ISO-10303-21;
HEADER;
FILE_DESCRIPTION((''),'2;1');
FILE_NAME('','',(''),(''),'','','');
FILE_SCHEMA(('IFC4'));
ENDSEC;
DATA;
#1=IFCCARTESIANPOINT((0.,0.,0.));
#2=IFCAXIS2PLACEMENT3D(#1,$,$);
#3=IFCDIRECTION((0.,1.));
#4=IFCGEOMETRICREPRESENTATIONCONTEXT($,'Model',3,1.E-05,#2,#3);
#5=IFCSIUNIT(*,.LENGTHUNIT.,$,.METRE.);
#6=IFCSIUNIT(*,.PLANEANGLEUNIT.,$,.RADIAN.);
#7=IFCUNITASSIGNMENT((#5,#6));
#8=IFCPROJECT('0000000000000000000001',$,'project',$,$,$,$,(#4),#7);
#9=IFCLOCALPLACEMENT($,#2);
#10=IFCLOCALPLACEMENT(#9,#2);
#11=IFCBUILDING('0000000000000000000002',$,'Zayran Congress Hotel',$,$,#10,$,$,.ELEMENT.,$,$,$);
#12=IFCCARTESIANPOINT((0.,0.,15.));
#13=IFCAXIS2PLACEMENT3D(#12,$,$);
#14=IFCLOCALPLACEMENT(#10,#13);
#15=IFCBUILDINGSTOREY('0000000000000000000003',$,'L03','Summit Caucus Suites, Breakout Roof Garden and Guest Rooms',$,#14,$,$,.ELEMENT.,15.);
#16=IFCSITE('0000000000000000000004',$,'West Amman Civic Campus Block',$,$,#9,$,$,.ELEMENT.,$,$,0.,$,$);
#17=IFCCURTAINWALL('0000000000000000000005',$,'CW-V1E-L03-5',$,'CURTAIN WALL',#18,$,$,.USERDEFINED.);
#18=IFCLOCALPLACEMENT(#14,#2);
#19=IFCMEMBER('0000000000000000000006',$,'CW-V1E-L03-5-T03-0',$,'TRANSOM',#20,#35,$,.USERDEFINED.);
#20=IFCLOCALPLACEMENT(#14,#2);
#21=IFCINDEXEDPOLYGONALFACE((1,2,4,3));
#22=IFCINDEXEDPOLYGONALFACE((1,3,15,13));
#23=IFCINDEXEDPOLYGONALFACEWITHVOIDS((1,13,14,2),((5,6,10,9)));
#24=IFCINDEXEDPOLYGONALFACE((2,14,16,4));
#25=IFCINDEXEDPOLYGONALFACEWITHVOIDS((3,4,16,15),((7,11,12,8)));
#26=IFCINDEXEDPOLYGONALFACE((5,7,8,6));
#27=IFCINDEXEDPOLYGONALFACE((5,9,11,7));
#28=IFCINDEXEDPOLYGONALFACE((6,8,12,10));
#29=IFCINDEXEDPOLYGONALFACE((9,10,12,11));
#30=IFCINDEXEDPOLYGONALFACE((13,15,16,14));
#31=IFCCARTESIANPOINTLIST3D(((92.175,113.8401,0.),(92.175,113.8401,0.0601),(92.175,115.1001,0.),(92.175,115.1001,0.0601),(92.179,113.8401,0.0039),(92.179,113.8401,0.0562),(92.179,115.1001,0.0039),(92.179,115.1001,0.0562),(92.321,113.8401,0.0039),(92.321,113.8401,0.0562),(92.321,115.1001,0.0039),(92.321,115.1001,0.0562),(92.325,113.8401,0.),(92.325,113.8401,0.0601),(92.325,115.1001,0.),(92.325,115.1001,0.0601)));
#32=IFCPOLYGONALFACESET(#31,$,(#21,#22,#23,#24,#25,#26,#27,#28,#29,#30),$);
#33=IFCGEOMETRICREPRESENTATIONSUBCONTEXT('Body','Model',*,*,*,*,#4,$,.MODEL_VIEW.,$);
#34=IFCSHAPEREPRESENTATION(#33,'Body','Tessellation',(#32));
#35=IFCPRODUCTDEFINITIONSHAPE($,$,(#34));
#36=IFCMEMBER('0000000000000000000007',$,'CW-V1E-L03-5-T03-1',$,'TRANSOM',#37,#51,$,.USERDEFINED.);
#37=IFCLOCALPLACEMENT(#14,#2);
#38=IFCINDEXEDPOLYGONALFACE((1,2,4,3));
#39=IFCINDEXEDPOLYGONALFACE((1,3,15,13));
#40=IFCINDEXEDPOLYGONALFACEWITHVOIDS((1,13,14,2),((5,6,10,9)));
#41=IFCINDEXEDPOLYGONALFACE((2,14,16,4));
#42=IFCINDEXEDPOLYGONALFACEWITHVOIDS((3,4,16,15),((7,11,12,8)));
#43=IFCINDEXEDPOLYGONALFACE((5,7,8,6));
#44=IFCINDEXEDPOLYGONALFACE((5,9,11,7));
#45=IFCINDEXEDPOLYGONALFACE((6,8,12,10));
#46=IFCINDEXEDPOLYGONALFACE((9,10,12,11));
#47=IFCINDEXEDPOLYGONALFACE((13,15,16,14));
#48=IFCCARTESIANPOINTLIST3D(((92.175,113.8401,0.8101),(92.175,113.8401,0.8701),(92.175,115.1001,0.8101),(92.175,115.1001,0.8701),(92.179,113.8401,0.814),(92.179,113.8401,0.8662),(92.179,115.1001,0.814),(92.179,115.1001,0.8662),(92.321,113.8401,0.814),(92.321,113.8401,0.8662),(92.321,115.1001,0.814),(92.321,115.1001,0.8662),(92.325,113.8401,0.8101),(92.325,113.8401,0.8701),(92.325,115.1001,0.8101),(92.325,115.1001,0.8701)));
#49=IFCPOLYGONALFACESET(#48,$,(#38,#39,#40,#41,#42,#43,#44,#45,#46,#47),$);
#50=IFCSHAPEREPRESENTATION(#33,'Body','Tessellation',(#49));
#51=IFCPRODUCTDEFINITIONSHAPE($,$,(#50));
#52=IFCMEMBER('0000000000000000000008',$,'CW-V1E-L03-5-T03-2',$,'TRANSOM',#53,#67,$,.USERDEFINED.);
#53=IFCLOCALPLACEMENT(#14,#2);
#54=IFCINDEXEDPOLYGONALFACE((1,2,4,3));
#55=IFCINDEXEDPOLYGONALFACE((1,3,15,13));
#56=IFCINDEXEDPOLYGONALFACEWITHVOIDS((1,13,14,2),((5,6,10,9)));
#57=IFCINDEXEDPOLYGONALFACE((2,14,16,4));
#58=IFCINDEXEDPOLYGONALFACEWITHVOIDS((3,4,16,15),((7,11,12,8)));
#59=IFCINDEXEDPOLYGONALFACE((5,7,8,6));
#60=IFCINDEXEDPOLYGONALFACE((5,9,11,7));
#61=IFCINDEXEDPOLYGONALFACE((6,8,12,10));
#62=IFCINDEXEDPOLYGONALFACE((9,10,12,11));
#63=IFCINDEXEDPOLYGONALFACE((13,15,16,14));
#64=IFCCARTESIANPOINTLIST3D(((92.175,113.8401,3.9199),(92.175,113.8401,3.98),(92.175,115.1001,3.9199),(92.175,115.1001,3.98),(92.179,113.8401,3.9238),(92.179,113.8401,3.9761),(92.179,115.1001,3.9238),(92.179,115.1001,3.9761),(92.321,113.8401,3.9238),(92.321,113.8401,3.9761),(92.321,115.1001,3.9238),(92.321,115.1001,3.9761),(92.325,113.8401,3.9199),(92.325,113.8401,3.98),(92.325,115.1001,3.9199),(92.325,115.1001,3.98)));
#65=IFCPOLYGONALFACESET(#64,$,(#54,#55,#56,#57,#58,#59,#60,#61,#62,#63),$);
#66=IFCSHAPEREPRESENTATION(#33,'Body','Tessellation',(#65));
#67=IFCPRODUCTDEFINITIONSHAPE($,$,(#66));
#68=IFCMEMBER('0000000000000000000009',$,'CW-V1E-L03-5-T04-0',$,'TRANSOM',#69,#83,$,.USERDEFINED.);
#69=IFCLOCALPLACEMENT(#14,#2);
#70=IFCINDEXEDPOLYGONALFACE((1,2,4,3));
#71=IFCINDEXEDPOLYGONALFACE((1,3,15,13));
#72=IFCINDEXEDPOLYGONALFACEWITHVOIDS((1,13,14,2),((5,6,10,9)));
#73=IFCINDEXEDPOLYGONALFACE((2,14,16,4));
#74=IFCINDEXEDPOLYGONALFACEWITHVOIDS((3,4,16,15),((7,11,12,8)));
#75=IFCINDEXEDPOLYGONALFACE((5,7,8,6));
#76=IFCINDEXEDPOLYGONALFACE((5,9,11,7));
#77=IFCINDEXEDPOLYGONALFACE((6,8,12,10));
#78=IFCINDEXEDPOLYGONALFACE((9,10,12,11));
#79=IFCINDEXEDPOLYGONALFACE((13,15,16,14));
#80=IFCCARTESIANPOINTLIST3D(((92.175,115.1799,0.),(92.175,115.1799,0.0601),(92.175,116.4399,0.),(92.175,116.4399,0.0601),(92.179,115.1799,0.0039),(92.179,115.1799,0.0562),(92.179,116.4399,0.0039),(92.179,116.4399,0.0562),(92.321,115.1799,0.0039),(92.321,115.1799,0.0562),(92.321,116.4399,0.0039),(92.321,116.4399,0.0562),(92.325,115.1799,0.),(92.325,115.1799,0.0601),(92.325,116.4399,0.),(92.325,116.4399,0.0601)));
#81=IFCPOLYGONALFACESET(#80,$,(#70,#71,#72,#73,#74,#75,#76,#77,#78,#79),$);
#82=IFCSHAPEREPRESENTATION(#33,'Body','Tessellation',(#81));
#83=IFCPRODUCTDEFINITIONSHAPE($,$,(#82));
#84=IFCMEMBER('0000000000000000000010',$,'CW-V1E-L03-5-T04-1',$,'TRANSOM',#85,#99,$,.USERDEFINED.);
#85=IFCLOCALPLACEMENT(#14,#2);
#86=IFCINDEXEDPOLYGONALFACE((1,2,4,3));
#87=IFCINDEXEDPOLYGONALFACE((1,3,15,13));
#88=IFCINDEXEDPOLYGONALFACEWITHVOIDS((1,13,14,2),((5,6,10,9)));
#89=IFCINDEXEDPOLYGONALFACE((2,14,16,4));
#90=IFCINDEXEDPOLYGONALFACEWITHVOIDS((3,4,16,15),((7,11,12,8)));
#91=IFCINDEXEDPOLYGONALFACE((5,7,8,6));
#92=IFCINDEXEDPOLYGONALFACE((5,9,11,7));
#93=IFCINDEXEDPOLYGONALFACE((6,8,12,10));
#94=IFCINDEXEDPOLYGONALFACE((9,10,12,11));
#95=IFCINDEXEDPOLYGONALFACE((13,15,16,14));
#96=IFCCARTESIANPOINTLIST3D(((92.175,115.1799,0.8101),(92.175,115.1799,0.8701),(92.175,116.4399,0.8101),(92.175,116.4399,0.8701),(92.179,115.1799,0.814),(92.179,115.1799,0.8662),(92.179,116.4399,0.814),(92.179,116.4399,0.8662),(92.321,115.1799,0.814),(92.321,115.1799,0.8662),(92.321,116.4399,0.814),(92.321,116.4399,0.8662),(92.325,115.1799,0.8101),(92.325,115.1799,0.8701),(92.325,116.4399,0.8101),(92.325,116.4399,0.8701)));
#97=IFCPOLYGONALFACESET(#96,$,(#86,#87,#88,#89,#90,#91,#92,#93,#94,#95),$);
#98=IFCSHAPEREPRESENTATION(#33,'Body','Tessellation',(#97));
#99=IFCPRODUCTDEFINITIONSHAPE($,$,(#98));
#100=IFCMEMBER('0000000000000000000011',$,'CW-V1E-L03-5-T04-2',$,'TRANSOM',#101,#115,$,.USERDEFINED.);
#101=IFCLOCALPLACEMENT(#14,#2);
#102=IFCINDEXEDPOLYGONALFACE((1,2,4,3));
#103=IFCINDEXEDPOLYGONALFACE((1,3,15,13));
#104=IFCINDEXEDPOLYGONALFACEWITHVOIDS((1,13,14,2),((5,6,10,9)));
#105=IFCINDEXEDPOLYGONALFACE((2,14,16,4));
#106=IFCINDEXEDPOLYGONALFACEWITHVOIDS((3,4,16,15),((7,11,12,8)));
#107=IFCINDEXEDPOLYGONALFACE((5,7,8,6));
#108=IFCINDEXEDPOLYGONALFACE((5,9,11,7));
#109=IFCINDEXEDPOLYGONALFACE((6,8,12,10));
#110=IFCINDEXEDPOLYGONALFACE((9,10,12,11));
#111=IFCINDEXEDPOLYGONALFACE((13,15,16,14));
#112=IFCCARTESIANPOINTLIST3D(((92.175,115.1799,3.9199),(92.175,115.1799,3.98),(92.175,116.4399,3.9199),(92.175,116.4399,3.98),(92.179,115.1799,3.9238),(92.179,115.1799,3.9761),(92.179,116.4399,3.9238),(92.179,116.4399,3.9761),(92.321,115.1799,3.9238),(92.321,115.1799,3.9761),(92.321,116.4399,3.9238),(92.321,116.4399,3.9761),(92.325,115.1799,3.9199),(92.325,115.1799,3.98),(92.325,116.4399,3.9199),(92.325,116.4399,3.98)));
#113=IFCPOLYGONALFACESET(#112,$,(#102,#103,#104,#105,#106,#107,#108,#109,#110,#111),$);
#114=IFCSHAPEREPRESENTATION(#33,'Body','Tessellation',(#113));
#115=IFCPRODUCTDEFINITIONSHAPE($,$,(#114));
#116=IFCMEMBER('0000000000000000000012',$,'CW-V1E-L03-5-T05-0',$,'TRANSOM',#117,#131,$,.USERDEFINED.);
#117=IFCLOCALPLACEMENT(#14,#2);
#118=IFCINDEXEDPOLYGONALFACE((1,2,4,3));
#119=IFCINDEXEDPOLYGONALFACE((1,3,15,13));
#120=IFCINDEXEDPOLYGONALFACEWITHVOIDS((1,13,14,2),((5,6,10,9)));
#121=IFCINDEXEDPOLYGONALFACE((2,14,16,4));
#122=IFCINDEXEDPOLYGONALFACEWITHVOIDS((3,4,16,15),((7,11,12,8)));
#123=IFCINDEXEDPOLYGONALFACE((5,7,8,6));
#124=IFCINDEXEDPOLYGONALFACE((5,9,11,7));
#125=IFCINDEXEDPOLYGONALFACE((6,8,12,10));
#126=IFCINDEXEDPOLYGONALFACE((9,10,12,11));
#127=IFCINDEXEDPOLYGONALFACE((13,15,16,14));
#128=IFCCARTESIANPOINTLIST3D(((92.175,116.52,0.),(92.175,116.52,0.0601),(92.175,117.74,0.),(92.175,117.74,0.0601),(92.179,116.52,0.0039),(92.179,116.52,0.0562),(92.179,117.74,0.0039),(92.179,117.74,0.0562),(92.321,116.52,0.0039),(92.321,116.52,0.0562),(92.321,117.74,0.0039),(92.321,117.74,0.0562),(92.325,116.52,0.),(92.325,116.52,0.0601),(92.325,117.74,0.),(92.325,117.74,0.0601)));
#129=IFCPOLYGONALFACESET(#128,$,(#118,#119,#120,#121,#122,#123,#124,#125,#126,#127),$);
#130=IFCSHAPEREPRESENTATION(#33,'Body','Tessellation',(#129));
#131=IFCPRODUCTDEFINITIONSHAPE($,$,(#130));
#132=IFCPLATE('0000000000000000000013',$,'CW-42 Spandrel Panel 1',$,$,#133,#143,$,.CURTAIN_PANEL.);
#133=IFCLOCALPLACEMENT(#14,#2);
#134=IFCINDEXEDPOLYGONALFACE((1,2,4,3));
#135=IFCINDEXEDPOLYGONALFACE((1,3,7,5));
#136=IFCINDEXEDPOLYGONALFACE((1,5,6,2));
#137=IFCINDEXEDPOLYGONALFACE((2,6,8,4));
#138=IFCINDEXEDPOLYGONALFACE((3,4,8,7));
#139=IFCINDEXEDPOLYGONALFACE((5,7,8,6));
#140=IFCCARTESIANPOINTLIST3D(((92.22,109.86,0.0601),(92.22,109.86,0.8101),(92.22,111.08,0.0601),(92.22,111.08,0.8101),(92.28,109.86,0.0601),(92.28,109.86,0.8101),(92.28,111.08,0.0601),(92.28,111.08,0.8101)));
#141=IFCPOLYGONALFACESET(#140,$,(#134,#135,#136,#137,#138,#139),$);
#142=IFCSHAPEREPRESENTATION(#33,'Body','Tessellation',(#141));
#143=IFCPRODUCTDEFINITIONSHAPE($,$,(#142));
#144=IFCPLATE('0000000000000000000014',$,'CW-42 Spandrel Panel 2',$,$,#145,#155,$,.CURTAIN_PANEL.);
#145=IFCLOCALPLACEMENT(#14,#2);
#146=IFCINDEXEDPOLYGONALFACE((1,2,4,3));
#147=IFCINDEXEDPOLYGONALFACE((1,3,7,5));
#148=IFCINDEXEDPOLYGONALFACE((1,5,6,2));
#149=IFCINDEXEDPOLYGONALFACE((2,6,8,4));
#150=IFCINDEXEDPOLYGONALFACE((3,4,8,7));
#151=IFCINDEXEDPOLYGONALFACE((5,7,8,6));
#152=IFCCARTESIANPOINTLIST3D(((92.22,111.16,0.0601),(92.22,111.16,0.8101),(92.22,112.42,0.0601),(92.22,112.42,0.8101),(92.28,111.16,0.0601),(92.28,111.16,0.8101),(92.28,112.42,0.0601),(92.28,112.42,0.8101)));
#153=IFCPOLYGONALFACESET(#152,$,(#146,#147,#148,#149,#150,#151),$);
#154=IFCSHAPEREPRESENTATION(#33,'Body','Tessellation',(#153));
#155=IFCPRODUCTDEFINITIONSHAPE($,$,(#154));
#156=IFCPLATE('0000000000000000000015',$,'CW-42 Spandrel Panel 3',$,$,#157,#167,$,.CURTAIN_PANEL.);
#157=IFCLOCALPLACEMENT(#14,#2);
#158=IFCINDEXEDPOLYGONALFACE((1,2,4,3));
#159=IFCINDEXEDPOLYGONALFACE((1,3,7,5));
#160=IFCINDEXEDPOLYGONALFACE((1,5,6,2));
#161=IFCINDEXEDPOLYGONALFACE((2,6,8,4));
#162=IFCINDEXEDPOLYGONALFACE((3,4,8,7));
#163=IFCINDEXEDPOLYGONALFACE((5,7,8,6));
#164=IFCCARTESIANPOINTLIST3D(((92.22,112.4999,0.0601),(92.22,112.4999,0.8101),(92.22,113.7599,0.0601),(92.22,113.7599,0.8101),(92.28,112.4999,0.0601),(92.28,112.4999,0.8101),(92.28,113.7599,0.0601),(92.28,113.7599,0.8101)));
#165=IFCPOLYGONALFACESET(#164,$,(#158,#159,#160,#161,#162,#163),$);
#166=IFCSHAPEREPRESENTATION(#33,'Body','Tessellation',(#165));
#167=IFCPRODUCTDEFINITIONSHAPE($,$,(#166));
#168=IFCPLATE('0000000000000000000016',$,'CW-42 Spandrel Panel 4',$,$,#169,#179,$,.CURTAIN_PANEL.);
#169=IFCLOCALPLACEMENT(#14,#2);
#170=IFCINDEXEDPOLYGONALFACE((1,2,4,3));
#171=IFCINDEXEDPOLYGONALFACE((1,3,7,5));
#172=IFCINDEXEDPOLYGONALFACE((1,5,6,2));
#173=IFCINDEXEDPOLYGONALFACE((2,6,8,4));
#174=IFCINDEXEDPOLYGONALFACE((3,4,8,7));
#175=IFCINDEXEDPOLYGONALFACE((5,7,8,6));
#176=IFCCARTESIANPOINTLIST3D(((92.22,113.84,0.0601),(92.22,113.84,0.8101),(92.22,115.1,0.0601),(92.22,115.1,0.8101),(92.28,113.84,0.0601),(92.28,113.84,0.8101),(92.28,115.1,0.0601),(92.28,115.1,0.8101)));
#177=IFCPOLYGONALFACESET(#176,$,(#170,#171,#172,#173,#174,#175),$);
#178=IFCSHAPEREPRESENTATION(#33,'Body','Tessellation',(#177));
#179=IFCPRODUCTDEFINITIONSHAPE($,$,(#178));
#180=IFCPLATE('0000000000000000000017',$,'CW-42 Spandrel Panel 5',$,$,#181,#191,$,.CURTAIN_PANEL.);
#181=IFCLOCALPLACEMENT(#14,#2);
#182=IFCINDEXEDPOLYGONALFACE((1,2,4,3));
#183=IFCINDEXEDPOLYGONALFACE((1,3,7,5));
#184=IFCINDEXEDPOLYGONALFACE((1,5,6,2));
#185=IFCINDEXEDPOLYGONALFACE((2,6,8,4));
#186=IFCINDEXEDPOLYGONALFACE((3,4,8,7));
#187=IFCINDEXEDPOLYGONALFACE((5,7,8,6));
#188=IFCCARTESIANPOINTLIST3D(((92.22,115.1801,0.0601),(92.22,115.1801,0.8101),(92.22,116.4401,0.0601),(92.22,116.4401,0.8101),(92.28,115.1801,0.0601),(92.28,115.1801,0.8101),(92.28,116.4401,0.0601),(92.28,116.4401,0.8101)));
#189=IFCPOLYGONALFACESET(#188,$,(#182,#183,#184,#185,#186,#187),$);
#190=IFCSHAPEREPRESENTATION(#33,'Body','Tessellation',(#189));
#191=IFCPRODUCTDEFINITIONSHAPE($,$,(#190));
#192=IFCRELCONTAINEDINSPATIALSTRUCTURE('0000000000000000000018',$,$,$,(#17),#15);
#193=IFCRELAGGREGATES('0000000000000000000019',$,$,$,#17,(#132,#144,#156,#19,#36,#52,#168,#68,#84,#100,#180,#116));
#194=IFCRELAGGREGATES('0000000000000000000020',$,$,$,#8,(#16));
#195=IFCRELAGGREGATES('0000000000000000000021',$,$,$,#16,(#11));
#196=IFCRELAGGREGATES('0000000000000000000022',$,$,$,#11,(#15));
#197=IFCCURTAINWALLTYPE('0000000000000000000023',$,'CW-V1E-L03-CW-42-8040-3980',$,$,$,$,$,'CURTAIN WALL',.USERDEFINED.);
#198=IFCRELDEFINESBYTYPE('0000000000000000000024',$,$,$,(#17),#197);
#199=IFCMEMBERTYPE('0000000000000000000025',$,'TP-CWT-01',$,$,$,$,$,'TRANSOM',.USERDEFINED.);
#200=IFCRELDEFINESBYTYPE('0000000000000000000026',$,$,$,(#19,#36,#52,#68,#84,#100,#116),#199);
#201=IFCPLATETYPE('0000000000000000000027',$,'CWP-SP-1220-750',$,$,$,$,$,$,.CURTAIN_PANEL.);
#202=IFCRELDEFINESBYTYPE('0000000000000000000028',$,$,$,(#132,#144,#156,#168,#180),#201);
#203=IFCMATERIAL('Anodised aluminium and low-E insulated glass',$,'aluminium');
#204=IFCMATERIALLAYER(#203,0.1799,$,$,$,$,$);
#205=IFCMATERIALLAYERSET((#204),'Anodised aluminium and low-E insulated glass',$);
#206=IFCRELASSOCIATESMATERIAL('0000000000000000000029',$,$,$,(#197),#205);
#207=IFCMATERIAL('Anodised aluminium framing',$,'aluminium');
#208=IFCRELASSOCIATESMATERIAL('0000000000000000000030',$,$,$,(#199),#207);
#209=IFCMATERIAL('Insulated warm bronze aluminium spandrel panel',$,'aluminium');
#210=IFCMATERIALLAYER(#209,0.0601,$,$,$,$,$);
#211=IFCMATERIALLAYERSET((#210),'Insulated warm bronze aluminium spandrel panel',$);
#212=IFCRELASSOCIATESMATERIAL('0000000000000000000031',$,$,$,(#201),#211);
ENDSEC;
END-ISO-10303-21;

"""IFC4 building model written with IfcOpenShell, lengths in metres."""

from ifc_helpers import new_model, si_unit, direction, frame, origin, origin_2d, place, context, subcontext, project, spatial, rectangle, hollow_rectangle, extrude, material, layer, layer_set, material_profile, profile_set, type_object, element, aggregate, save


model = new_model("IFC4")

# Units and contexts
model_context = context("Model", 3, precision=1e-05, world=origin(), true_north=direction((0.0, 1.0)))
body_context = subcontext(model_context, "Body", "Model", "MODEL_VIEW")
ifc_project = project(units=[si_unit("LENGTHUNIT", "METRE"), si_unit("PLANEANGLEUNIT", "RADIAN")], contexts=[model_context])

# Site, building, storey
site_placement = place(None, origin())
site = spatial("IfcSite", under=ifc_project, at=site_placement, Name="West Amman Civic Campus Block", CompositionType="ELEMENT", RefElevation=0.0)
building_placement = place(site_placement, origin())
building = spatial("IfcBuilding", under=site, at=building_placement, Name="Zayran Congress Hotel", CompositionType="ELEMENT")
storey_placement = place(building_placement, frame((0.0, 0.0, 15.0)))
storey = spatial("IfcBuildingStorey", under=building, at=storey_placement, Name="L03", Description="Summit Caucus Suites, Breakout Roof Garden and Guest Rooms", CompositionType="ELEMENT", Elevation=15.0)

# Curtain wall, members, plates
ifc_material_1 = material(Name="Anodised aluminium and low-E insulated glass", Category="aluminium")
ifc_layer_1 = layer(ifc_material_1, 0.1799)
ifc_layer_set_1 = layer_set([ifc_layer_1], Name="Anodised aluminium and low-E insulated glass")
curtain_wall_type = type_object("IfcCurtainWallType", Name="CW-V1E-L03-CW-42-8040-3980", ElementType="CURTAIN WALL", PredefinedType="USERDEFINED", material=ifc_layer_set_1)
curtain_wall_placement = place(storey_placement, origin())
curtain_wall = element("IfcCurtainWall", 1, at=curtain_wall_placement, inside=storey, type_object=curtain_wall_type, Name="CW-V1E-L03-5", ObjectType="CURTAIN WALL", PredefinedType="USERDEFINED")
ifc_material_2 = material(Name="Anodised aluminium framing", Category="aluminium")
ifc_material_profile_1 = material_profile(ifc_material_2, hollow_rectangle(XDim=0.0601, YDim=0.1499, WallThickness=0.0039, at=origin_2d()), Name="RHS 150x60x4")
ifc_profile_set_1 = profile_set([ifc_material_profile_1], Name="Anodised aluminium framing")
member_type_1 = type_object("IfcMemberType", Name="TP-CWT-01", ElementType="TRANSOM", PredefinedType="USERDEFINED", material=ifc_profile_set_1)
member_1_placement = place(storey_placement, frame((92.25, 113.8401, 0.03), z_axis=(0.0, 1.0, 0.0), x_axis=(0.0, 0.0, 1.0)))
member_1 = element("IfcMember", 2, at=member_1_placement, type_object=member_type_1, Name="CW-V1E-L03-5-T03-0", ObjectType="TRANSOM", PredefinedType="USERDEFINED", context=body_context, shape_type="SweptSolid", body=[
    extrude(hollow_rectangle(XDim=0.0601, YDim=0.1499, WallThickness=0.0039, at=origin_2d()), origin(), (0.0, 0.0, 1.0), 1.26),
])
member_2_placement = place(storey_placement, frame((92.25, 113.8401, 0.8401), z_axis=(0.0, 1.0, 0.0), x_axis=(0.0, 0.0, 1.0)))
member_2 = element("IfcMember", 3, at=member_2_placement, type_object=member_type_1, Name="CW-V1E-L03-5-T03-1", ObjectType="TRANSOM", PredefinedType="USERDEFINED", context=body_context, shape_type="SweptSolid", body=[
    extrude(hollow_rectangle(XDim=0.0601, YDim=0.1499, WallThickness=0.0039, at=origin_2d()), origin(), (0.0, 0.0, 1.0), 1.26),
])
member_3_placement = place(storey_placement, frame((92.25, 113.8401, 3.95), z_axis=(0.0, 1.0, 0.0), x_axis=(0.0, 0.0, 1.0)))
member_3 = element("IfcMember", 4, at=member_3_placement, type_object=member_type_1, Name="CW-V1E-L03-5-T03-2", ObjectType="TRANSOM", PredefinedType="USERDEFINED", context=body_context, shape_type="SweptSolid", body=[
    extrude(hollow_rectangle(XDim=0.0601, YDim=0.1499, WallThickness=0.0039, at=origin_2d()), origin(), (0.0, 0.0, 1.0), 1.26),
])
member_4_placement = place(storey_placement, frame((92.25, 115.1799, 0.03), z_axis=(0.0, 1.0, 0.0), x_axis=(0.0, 0.0, 1.0)))
member_4 = element("IfcMember", 5, at=member_4_placement, type_object=member_type_1, Name="CW-V1E-L03-5-T04-0", ObjectType="TRANSOM", PredefinedType="USERDEFINED", context=body_context, shape_type="SweptSolid", body=[
    extrude(hollow_rectangle(XDim=0.0601, YDim=0.1499, WallThickness=0.0039, at=origin_2d()), origin(), (0.0, 0.0, 1.0), 1.26),
])
member_5_placement = place(storey_placement, frame((92.25, 115.1799, 0.8401), z_axis=(0.0, 1.0, 0.0), x_axis=(0.0, 0.0, 1.0)))
member_5 = element("IfcMember", 6, at=member_5_placement, type_object=member_type_1, Name="CW-V1E-L03-5-T04-1", ObjectType="TRANSOM", PredefinedType="USERDEFINED", context=body_context, shape_type="SweptSolid", body=[
    extrude(hollow_rectangle(XDim=0.0601, YDim=0.1499, WallThickness=0.0039, at=origin_2d()), origin(), (0.0, 0.0, 1.0), 1.26),
])
member_6_placement = place(storey_placement, frame((92.25, 115.1799, 3.95), z_axis=(0.0, 1.0, 0.0), x_axis=(0.0, 0.0, 1.0)))
member_6 = element("IfcMember", 7, at=member_6_placement, type_object=member_type_1, Name="CW-V1E-L03-5-T04-2", ObjectType="TRANSOM", PredefinedType="USERDEFINED", context=body_context, shape_type="SweptSolid", body=[
    extrude(hollow_rectangle(XDim=0.0601, YDim=0.1499, WallThickness=0.0039, at=origin_2d()), origin(), (0.0, 0.0, 1.0), 1.26),
])
member_7_placement = place(storey_placement, frame((92.25, 116.52, 0.03), z_axis=(0.0, 1.0, 0.0), x_axis=(0.0, 0.0, 1.0)))
member_7 = element("IfcMember", 8, at=member_7_placement, type_object=member_type_1, Name="CW-V1E-L03-5-T05-0", ObjectType="TRANSOM", PredefinedType="USERDEFINED", context=body_context, shape_type="SweptSolid", body=[
    extrude(hollow_rectangle(XDim=0.0601, YDim=0.1499, WallThickness=0.0039, at=origin_2d()), origin(), (0.0, 0.0, 1.0), 1.22),
])
ifc_material_3 = material(Name="Insulated warm bronze aluminium spandrel panel", Category="aluminium")
ifc_layer_2 = layer(ifc_material_3, 0.0601)
ifc_layer_set_2 = layer_set([ifc_layer_2], Name="Insulated warm bronze aluminium spandrel panel")
plate_type_1 = type_object("IfcPlateType", Name="CWP-SP-1220-750", PredefinedType="CURTAIN_PANEL", material=ifc_layer_set_2)
plate_1_placement = place(storey_placement, frame((92.25, 110.47, 0.0601), z_axis=(0.0, 0.0, 1.0), x_axis=(0.0, 1.0, 0.0)))
plate_1 = element("IfcPlate", 9, at=plate_1_placement, type_object=plate_type_1, Name="CW-42 Spandrel Panel 1", PredefinedType="CURTAIN_PANEL", context=body_context, shape_type="SweptSolid", body=[
    extrude(rectangle(XDim=1.22, YDim=0.0601, at=origin_2d()), origin(), (0.0, 0.0, 1.0), 0.75),
])
plate_2_placement = place(storey_placement, frame((92.25, 111.79, 0.0601), z_axis=(0.0, 0.0, 1.0), x_axis=(0.0, 1.0, 0.0)))
plate_2 = element("IfcPlate", 10, at=plate_2_placement, type_object=plate_type_1, Name="CW-42 Spandrel Panel 2", PredefinedType="CURTAIN_PANEL", context=body_context, shape_type="SweptSolid", body=[
    extrude(rectangle(XDim=1.26, YDim=0.0601, at=origin_2d()), origin(), (0.0, 0.0, 1.0), 0.75),
])
plate_3_placement = place(storey_placement, frame((92.25, 113.1299, 0.0601), z_axis=(0.0, 0.0, 1.0), x_axis=(0.0, 1.0, 0.0)))
plate_3 = element("IfcPlate", 11, at=plate_3_placement, type_object=plate_type_1, Name="CW-42 Spandrel Panel 3", PredefinedType="CURTAIN_PANEL", context=body_context, shape_type="SweptSolid", body=[
    extrude(rectangle(XDim=1.26, YDim=0.0601, at=origin_2d()), origin(), (0.0, 0.0, 1.0), 0.75),
])
plate_4_placement = place(storey_placement, frame((92.25, 114.47, 0.0601), z_axis=(0.0, 0.0, 1.0), x_axis=(0.0, 1.0, 0.0)))
plate_4 = element("IfcPlate", 12, at=plate_4_placement, type_object=plate_type_1, Name="CW-42 Spandrel Panel 4", PredefinedType="CURTAIN_PANEL", context=body_context, shape_type="SweptSolid", body=[
    extrude(rectangle(XDim=1.26, YDim=0.0601, at=origin_2d()), origin(), (0.0, 0.0, 1.0), 0.75),
])
plate_5_placement = place(storey_placement, frame((92.25, 115.8101, 0.0601), z_axis=(0.0, 0.0, 1.0), x_axis=(0.0, 1.0, 0.0)))
plate_5 = element("IfcPlate", 13, at=plate_5_placement, type_object=plate_type_1, Name="CW-42 Spandrel Panel 5", PredefinedType="CURTAIN_PANEL", context=body_context, shape_type="SweptSolid", body=[
    extrude(rectangle(XDim=1.26, YDim=0.0601, at=origin_2d()), origin(), (0.0, 0.0, 1.0), 0.75),
])
aggregate(curtain_wall, [plate_1, plate_2, plate_3, member_1, member_2, member_3, plate_4, member_4, member_5, member_6, plate_5, member_7])

save(model, "model.ifc")
